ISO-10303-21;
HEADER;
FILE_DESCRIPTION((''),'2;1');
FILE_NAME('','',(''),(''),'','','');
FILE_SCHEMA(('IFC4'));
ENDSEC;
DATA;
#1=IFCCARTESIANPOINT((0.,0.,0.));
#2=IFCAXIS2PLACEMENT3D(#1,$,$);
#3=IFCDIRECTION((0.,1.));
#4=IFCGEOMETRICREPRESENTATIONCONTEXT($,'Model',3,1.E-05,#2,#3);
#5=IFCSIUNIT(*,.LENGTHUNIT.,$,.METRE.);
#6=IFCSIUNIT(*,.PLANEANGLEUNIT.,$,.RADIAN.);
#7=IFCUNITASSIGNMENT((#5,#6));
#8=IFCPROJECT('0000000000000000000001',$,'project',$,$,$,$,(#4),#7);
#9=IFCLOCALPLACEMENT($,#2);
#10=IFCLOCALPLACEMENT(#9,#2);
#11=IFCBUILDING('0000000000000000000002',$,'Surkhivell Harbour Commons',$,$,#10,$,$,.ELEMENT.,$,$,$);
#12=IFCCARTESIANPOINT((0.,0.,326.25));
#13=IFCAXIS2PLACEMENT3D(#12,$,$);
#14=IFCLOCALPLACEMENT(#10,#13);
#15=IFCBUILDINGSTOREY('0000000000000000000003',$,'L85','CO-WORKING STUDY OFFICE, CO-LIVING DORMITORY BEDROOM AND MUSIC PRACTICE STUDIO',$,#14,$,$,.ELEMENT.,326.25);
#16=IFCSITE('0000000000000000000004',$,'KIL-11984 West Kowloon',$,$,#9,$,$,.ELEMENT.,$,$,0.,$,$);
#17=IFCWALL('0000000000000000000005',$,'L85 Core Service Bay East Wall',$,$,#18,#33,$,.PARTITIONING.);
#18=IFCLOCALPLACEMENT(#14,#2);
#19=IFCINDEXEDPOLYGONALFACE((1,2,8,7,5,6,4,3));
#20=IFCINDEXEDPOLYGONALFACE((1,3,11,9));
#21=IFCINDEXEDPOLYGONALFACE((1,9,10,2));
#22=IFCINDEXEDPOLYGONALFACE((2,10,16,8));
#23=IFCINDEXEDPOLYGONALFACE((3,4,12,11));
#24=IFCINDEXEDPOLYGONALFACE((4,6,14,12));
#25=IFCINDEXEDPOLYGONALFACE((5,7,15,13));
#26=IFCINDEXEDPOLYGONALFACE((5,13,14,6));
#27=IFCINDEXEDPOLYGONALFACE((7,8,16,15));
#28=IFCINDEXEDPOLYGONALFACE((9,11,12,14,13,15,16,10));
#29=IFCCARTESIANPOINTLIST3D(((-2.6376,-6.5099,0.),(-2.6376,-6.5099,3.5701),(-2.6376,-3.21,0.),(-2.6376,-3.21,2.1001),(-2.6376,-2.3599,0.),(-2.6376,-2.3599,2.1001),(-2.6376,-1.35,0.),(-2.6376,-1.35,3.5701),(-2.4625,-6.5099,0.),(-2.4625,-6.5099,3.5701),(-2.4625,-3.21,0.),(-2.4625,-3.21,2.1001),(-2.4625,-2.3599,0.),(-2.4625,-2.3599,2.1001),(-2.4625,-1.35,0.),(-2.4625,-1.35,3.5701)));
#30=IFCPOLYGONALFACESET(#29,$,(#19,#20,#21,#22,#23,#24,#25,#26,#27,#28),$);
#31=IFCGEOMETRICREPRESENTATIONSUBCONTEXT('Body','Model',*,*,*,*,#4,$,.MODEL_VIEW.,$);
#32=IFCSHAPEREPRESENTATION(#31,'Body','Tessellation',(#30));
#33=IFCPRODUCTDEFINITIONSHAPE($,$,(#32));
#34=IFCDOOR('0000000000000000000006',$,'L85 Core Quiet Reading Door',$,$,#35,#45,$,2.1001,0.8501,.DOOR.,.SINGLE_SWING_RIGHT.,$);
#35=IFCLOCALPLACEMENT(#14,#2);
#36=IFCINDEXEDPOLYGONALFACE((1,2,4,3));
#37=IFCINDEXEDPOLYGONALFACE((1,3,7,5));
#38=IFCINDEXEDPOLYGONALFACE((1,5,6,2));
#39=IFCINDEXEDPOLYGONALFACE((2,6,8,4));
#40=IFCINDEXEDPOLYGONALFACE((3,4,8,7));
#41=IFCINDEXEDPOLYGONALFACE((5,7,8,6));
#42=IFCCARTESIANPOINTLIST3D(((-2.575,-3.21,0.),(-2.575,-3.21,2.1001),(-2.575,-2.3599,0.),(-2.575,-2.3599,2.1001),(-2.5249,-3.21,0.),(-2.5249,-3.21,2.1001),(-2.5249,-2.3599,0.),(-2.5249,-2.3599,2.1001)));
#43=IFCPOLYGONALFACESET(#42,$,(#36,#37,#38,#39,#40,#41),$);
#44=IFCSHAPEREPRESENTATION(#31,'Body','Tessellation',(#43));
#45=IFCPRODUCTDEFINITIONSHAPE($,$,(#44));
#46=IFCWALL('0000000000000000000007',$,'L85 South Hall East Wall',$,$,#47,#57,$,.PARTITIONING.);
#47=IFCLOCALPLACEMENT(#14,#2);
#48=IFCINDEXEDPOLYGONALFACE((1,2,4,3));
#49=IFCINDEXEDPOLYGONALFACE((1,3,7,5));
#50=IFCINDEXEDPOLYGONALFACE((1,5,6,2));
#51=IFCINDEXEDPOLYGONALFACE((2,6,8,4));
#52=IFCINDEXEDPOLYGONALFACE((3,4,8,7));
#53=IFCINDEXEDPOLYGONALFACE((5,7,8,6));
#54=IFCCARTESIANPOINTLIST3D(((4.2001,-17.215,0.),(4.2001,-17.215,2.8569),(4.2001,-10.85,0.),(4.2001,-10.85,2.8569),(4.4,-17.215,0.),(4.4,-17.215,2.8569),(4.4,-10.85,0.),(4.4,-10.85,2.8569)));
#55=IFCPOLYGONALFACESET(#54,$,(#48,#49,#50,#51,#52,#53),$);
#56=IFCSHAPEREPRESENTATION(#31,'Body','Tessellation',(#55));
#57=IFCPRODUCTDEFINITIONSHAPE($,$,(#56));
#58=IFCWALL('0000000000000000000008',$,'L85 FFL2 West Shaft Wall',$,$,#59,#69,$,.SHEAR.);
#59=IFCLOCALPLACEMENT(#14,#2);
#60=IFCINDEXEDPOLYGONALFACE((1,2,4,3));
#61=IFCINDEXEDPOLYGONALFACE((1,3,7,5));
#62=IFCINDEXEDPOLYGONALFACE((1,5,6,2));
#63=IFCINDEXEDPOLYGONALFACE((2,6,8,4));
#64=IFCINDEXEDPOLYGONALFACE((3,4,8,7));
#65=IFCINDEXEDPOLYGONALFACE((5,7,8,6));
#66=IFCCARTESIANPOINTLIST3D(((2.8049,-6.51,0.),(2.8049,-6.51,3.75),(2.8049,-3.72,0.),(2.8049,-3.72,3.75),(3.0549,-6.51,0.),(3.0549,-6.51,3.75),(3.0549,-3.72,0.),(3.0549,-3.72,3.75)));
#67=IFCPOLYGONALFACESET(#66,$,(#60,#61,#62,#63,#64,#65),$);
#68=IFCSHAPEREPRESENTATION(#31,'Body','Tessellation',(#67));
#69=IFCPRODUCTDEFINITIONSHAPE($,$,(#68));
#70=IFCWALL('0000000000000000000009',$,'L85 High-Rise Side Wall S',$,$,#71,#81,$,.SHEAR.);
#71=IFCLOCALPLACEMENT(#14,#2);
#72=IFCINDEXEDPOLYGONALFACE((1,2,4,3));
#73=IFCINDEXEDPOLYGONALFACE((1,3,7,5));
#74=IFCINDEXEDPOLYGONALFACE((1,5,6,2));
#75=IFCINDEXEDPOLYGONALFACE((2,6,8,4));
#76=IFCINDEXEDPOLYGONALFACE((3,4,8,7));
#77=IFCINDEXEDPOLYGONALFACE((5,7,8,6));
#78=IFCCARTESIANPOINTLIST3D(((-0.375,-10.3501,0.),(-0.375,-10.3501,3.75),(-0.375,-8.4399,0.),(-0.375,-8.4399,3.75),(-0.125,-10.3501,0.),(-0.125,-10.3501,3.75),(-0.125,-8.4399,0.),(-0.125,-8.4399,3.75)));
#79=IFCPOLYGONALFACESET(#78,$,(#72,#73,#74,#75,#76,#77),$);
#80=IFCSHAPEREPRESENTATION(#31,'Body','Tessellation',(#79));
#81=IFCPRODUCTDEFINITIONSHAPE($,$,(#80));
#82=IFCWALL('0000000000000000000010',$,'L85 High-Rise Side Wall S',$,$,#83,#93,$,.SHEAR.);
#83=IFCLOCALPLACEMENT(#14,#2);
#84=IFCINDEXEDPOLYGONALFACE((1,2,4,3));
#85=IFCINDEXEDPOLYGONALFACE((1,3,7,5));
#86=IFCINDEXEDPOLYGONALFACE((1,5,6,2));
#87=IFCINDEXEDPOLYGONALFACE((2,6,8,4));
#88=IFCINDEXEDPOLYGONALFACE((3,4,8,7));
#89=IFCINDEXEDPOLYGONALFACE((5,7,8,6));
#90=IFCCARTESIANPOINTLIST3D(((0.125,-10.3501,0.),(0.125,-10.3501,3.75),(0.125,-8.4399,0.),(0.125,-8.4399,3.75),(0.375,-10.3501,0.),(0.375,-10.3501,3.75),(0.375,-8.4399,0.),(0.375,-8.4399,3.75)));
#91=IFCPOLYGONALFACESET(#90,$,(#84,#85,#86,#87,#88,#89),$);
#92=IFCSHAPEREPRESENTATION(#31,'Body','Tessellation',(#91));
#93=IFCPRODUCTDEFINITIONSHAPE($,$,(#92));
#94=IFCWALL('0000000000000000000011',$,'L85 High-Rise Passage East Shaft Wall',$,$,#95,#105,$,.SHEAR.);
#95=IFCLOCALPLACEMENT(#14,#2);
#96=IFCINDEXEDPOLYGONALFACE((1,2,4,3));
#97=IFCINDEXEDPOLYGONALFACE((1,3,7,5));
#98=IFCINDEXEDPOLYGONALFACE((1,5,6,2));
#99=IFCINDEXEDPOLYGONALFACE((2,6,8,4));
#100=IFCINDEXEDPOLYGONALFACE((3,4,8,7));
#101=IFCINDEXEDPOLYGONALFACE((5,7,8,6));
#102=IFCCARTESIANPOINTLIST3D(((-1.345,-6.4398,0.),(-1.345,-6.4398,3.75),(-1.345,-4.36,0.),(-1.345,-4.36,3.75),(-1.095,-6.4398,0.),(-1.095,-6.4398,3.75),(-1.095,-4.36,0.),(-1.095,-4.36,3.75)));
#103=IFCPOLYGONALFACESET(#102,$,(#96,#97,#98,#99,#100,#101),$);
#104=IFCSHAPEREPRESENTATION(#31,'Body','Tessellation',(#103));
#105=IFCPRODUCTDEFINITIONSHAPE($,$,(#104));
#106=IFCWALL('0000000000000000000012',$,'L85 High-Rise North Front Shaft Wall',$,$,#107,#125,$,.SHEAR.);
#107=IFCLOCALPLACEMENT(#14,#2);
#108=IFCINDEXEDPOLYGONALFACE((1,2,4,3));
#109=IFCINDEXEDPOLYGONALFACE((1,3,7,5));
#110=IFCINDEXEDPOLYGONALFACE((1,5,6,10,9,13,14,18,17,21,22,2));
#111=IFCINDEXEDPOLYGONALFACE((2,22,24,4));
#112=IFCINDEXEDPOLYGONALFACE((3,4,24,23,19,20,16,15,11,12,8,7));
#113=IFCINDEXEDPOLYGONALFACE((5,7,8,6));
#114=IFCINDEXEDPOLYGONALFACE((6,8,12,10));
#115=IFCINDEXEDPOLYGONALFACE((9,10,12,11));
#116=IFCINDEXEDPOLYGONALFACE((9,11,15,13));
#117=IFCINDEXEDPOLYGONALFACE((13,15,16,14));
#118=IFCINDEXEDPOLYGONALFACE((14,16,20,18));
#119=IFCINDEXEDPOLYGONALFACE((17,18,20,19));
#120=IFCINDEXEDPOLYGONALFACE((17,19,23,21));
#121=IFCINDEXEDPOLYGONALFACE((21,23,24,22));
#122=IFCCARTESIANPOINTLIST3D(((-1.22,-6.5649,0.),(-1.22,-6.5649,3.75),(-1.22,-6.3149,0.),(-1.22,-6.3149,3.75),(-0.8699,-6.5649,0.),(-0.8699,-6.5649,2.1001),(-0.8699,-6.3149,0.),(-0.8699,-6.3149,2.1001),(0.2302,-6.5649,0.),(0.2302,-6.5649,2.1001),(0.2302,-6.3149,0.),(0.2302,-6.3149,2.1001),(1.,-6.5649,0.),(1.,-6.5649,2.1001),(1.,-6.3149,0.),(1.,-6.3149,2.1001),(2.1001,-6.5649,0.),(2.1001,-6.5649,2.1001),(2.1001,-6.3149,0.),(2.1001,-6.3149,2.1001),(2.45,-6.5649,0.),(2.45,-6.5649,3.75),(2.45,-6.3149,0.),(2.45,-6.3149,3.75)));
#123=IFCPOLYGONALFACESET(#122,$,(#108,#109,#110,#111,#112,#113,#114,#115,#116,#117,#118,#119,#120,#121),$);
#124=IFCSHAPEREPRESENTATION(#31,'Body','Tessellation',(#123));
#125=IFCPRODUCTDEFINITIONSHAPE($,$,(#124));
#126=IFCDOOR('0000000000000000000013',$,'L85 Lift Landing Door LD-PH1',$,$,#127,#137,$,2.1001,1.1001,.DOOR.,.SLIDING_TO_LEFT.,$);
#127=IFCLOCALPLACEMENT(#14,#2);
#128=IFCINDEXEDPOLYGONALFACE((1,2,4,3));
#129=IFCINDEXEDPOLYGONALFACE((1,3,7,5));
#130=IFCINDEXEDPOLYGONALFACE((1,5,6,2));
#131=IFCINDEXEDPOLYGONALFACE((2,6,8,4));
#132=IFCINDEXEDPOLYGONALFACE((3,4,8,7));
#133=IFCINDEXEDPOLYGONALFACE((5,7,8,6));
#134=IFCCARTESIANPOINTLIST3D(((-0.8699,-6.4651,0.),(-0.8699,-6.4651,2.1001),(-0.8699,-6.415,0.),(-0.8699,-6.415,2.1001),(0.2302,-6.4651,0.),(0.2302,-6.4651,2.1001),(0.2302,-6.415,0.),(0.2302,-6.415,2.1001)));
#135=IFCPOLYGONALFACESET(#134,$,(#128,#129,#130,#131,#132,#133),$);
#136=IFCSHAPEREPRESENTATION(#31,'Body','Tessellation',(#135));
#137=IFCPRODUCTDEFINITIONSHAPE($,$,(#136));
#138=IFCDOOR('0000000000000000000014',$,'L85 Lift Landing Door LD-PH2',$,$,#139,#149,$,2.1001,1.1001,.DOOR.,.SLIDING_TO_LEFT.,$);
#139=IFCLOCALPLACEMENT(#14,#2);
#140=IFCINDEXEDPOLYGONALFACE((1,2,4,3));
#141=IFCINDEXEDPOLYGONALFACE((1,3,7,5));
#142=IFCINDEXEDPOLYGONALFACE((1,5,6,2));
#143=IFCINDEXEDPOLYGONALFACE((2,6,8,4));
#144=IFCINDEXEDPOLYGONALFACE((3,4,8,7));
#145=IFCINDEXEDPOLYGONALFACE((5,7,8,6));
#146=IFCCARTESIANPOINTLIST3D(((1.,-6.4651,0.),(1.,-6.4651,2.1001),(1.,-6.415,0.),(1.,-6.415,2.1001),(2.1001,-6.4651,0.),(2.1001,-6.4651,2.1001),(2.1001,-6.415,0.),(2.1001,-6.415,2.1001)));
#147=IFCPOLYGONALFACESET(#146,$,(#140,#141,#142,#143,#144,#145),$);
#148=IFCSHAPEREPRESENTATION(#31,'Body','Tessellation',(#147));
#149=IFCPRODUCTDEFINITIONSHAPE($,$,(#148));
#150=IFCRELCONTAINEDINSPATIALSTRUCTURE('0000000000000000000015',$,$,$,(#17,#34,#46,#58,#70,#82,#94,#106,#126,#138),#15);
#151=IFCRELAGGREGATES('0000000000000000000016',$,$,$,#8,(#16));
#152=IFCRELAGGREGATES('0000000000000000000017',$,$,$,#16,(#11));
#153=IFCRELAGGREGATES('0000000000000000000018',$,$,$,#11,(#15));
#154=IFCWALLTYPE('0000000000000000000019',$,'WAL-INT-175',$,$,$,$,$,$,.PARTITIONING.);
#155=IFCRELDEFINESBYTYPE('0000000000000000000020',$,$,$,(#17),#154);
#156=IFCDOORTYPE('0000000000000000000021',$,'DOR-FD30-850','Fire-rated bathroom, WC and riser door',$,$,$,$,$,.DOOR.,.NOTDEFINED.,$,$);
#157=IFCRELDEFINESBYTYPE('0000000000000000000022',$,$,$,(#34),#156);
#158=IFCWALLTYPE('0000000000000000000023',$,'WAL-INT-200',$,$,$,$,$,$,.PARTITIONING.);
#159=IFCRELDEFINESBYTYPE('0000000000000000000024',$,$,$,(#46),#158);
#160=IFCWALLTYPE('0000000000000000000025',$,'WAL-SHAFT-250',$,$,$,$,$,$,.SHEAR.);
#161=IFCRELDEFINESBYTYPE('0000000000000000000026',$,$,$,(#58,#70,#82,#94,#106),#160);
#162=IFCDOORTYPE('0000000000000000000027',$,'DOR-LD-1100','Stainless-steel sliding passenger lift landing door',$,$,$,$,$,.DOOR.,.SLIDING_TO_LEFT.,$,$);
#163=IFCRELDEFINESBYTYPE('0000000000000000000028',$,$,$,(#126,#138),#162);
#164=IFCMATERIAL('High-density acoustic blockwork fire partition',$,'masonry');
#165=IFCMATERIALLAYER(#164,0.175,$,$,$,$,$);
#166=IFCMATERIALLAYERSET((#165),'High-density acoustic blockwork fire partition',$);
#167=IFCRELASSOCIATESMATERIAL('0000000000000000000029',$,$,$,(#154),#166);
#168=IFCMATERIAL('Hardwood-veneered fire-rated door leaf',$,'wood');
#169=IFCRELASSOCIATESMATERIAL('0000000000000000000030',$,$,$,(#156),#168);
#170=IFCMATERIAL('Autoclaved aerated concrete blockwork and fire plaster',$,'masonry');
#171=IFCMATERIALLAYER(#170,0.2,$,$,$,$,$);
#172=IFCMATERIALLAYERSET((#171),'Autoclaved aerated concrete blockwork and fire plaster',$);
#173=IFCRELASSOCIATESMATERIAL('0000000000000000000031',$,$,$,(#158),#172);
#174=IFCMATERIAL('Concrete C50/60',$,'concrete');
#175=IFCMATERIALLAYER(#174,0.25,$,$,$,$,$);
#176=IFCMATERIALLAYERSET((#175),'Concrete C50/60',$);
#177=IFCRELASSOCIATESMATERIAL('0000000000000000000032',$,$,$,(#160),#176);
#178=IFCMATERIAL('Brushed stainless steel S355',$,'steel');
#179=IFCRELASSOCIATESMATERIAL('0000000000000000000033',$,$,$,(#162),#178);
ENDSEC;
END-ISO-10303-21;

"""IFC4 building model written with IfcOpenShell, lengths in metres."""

from ifc_helpers import new_model, si_unit, direction, frame, frame_2d, origin, place, context, subcontext, project, spatial, rectangle, extrude, material, layer, layer_set, type_object, element, fill, save


model = new_model("IFC4")

# Units and contexts
model_context = context("Model", 3, precision=1e-05, world=origin(), true_north=direction((0.0, 1.0)))
body_context = subcontext(model_context, "Body", "Model", "MODEL_VIEW")
ifc_project = project(units=[si_unit("LENGTHUNIT", "METRE"), si_unit("PLANEANGLEUNIT", "RADIAN")], contexts=[model_context])

# Site, building, storey
site_placement = place(None, origin())
site = spatial("IfcSite", under=ifc_project, at=site_placement, Name="KIL-11984 West Kowloon", CompositionType="ELEMENT", RefElevation=0.0)
building_placement = place(site_placement, origin())
building = spatial("IfcBuilding", under=site, at=building_placement, Name="Surkhivell Harbour Commons", CompositionType="ELEMENT")
storey_placement = place(building_placement, frame((0.0, 0.0, 326.25)))
storey = spatial("IfcBuildingStorey", under=building, at=storey_placement, Name="L85", Description="CO-WORKING STUDY OFFICE, CO-LIVING DORMITORY BEDROOM AND MUSIC PRACTICE STUDIO", CompositionType="ELEMENT", Elevation=326.25)

# Shared definitions
ifc_material_1 = material(Name="Concrete C50/60", Category="concrete")

# Wall, opening, door
ifc_material_2 = material(Name="High-density acoustic blockwork fire partition", Category="masonry")
ifc_layer_1 = layer(ifc_material_2, 0.175)
ifc_layer_set_1 = layer_set([ifc_layer_1], Name="High-density acoustic blockwork fire partition")
wall_type_1 = type_object("IfcWallType", Name="WAL-INT-175", PredefinedType="PARTITIONING", material=ifc_layer_set_1)
wall_1_placement = place(storey_placement, frame((-2.55, -6.51, 0.0), z_axis=(0.0, 0.0, 1.0), x_axis=(0.0, 1.0, 0.0)))
wall_1 = element("IfcWall", 1, at=wall_1_placement, inside=storey, type_object=wall_type_1, Name="L85 Core Service Bay East Wall", PredefinedType="PARTITIONING", context=body_context, shape_type="SweptSolid", body=[
    extrude(rectangle(XDim=5.1599, YDim=0.175, at=frame_2d((2.5801, 0.0))), origin(), (0.0, 0.0, 1.0), 3.5701),
])
opening_1_placement = place(wall_1_placement, frame((3.3, 0.0, 0.0)))
opening_1 = element("IfcOpeningElement", 2, at=opening_1_placement, cuts=wall_1, PredefinedType="OPENING", context=body_context, shape_type="SweptSolid", body=[
    extrude(rectangle(XDim=0.8501, YDim=2.1001, at=frame_2d((0.425, 1.05))), frame((0.0, 0.0974, 0.0), z_axis=(0.0, -1.0, 0.0), x_axis=(1.0, 0.0, 0.0)), (0.0, 0.0, 1.0), 0.1951),
])
ifc_material_3 = material(Name="Hardwood-veneered fire-rated door leaf", Category="wood")
door_type_1 = type_object("IfcDoorType", Name="DOR-FD30-850", Description="Fire-rated bathroom, WC and riser door", OperationType="NOTDEFINED", PredefinedType="DOOR", material=ifc_material_3)
door_1_placement = place(opening_1_placement, origin())
door_1 = element("IfcDoor", 3, at=door_1_placement, inside=storey, type_object=door_type_1, Name="L85 Core Quiet Reading Door", OperationType="SINGLE_SWING_RIGHT", OverallHeight=2.1001, OverallWidth=0.8501, PredefinedType="DOOR", context=body_context, shape_type="SweptSolid", body=[
    extrude(rectangle(XDim=0.8501, YDim=2.1001, at=frame_2d((0.425, 1.05))), frame((0.0, 0.0249, 0.0), z_axis=(0.0, -1.0, 0.0), x_axis=(1.0, 0.0, 0.0)), (0.0, 0.0, 1.0), 0.05),
])
fill(opening_1, door_1)

# Walls
ifc_material_4 = material(Name="Autoclaved aerated concrete blockwork and fire plaster", Category="masonry")
ifc_layer_2 = layer(ifc_material_4, 0.2)
ifc_layer_set_2 = layer_set([ifc_layer_2], Name="Autoclaved aerated concrete blockwork and fire plaster")
wall_type_2 = type_object("IfcWallType", Name="WAL-INT-200", PredefinedType="PARTITIONING", material=ifc_layer_set_2)
wall_2_placement = place(storey_placement, frame((4.3, -17.2151, 0.0), z_axis=(0.0, 0.0, 1.0), x_axis=(0.0, 1.0, 0.0)))
element("IfcWall", 4, at=wall_2_placement, inside=storey, type_object=wall_type_2, Name="L85 South Hall East Wall", PredefinedType="PARTITIONING", context=body_context, shape_type="SweptSolid", body=[
    extrude(rectangle(XDim=6.365, YDim=0.2, at=frame_2d((3.1826, 0.0))), origin(), (0.0, 0.0, 1.0), 2.8569),
])
ifc_layer_3 = layer(ifc_material_1, 0.25)
ifc_layer_set_3 = layer_set([ifc_layer_3], Name="Concrete C50/60")
wall_type_3 = type_object("IfcWallType", Name="WAL-SHAFT-250", PredefinedType="SHEAR", material=ifc_layer_set_3)
wall_3_placement = place(storey_placement, frame((2.9299, -6.51, 0.0), z_axis=(0.0, 0.0, 1.0), x_axis=(0.0, 1.0, 0.0)))
element("IfcWall", 5, at=wall_3_placement, inside=storey, type_object=wall_type_3, Name="L85 FFL2 West Shaft Wall", PredefinedType="SHEAR", context=body_context, shape_type="SweptSolid", body=[
    extrude(rectangle(XDim=2.79, YDim=0.25, at=frame_2d((1.395, 0.0))), origin(), (0.0, 0.0, 1.0), 3.75),
])
for number, where, z_axis, x_axis, name in (
    (6, (-0.25, -10.3501, 0.0), (0.0, 0.0, 1.0), (0.0, 1.0, 0.0), "L85 High-Rise Side Wall S"),
    (7, (0.25, -10.3501, 0.0), (0.0, 0.0, 1.0), (0.0, 1.0, 0.0), "L85 High-Rise Side Wall S"),
):
    element("IfcWall", number, at=place(storey_placement, frame(where, z_axis=z_axis, x_axis=x_axis)), inside=storey, type_object=wall_type_3, Name=name, PredefinedType="SHEAR", context=body_context, shape_type="SweptSolid", body=[
        extrude(rectangle(XDim=1.9102, YDim=0.25, at=frame_2d((0.9551, 0.0))), origin(), (0.0, 0.0, 1.0), 3.75),
    ])
wall_4_placement = place(storey_placement, frame((-1.22, -6.4399, 0.0), z_axis=(0.0, 0.0, 1.0), x_axis=(0.0, 1.0, 0.0)))
element("IfcWall", 8, at=wall_4_placement, inside=storey, type_object=wall_type_3, Name="L85 High-Rise Passage East Shaft Wall", PredefinedType="SHEAR", context=body_context, shape_type="SweptSolid", body=[
    extrude(rectangle(XDim=2.0798, YDim=0.25, at=frame_2d((1.04, 0.0))), origin(), (0.0, 0.0, 1.0), 3.75),
])

# Wall, openings, doors
wall_5_placement = place(storey_placement, frame((-1.22, -6.4399, 0.0), z_axis=(0.0, 0.0, 1.0), x_axis=(1.0, 0.0, 0.0)))
wall_5 = element("IfcWall", 9, at=wall_5_placement, inside=storey, type_object=wall_type_3, Name="L85 High-Rise North Front Shaft Wall", PredefinedType="SHEAR", context=body_context, shape_type="SweptSolid", body=[
    extrude(rectangle(XDim=3.6699, YDim=0.25, at=frame_2d((1.835, 0.0))), origin(), (0.0, 0.0, 1.0), 3.75),
])
opening_2_placement = place(wall_5_placement, frame((0.3501, 0.0, 0.0)))
opening_2 = element("IfcOpeningElement", 10, at=opening_2_placement, cuts=wall_5, PredefinedType="OPENING", context=body_context, shape_type="SweptSolid", body=[
    extrude(rectangle(XDim=1.1001, YDim=2.1001, at=frame_2d((0.55, 1.05))), frame((0.0, 0.135, 0.0), z_axis=(0.0, -1.0, 0.0), x_axis=(1.0, 0.0, 0.0)), (0.0, 0.0, 1.0), 0.27),
])
opening_3_placement = place(wall_5_placement, frame((2.22, 0.0, 0.0)))
opening_3 = element("IfcOpeningElement", 11, at=opening_3_placement, cuts=wall_5, PredefinedType="OPENING", context=body_context, shape_type="SweptSolid", body=[
    extrude(rectangle(XDim=1.1001, YDim=2.1001, at=frame_2d((0.55, 1.05))), frame((0.0, 0.135, 0.0), z_axis=(0.0, -1.0, 0.0), x_axis=(1.0, 0.0, 0.0)), (0.0, 0.0, 1.0), 0.27),
])
ifc_material_5 = material(Name="Brushed stainless steel S355", Category="steel")
door_type_2 = type_object("IfcDoorType", Name="DOR-LD-1100", Description="Stainless-steel sliding passenger lift landing door", OperationType="SLIDING_TO_LEFT", PredefinedType="DOOR", material=ifc_material_5)
door_2_placement = place(opening_2_placement, origin())
door_2 = element("IfcDoor", 12, at=door_2_placement, inside=storey, type_object=door_type_2, Name="L85 Lift Landing Door LD-PH1", OperationType="SLIDING_TO_LEFT", OverallHeight=2.1001, OverallWidth=1.1001, PredefinedType="DOOR", context=body_context, shape_type="SweptSolid", body=[
    extrude(rectangle(XDim=1.1001, YDim=2.1001, at=frame_2d((0.55, 1.05))), frame((0.0, 0.0249, 0.0), z_axis=(0.0, -1.0, 0.0), x_axis=(1.0, 0.0, 0.0)), (0.0, 0.0, 1.0), 0.05),
])
fill(opening_2, door_2)
door_3_placement = place(opening_3_placement, origin())
door_3 = element("IfcDoor", 13, at=door_3_placement, inside=storey, type_object=door_type_2, Name="L85 Lift Landing Door LD-PH2", OperationType="SLIDING_TO_LEFT", OverallHeight=2.1001, OverallWidth=1.1001, PredefinedType="DOOR", context=body_context, shape_type="SweptSolid", body=[
    extrude(rectangle(XDim=1.1001, YDim=2.1001, at=frame_2d((0.55, 1.05))), frame((0.0, 0.0249, 0.0), z_axis=(0.0, -1.0, 0.0), x_axis=(1.0, 0.0, 0.0)), (0.0, 0.0, 1.0), 0.05),
])
fill(opening_3, door_3)

save(model, "model.ifc")
